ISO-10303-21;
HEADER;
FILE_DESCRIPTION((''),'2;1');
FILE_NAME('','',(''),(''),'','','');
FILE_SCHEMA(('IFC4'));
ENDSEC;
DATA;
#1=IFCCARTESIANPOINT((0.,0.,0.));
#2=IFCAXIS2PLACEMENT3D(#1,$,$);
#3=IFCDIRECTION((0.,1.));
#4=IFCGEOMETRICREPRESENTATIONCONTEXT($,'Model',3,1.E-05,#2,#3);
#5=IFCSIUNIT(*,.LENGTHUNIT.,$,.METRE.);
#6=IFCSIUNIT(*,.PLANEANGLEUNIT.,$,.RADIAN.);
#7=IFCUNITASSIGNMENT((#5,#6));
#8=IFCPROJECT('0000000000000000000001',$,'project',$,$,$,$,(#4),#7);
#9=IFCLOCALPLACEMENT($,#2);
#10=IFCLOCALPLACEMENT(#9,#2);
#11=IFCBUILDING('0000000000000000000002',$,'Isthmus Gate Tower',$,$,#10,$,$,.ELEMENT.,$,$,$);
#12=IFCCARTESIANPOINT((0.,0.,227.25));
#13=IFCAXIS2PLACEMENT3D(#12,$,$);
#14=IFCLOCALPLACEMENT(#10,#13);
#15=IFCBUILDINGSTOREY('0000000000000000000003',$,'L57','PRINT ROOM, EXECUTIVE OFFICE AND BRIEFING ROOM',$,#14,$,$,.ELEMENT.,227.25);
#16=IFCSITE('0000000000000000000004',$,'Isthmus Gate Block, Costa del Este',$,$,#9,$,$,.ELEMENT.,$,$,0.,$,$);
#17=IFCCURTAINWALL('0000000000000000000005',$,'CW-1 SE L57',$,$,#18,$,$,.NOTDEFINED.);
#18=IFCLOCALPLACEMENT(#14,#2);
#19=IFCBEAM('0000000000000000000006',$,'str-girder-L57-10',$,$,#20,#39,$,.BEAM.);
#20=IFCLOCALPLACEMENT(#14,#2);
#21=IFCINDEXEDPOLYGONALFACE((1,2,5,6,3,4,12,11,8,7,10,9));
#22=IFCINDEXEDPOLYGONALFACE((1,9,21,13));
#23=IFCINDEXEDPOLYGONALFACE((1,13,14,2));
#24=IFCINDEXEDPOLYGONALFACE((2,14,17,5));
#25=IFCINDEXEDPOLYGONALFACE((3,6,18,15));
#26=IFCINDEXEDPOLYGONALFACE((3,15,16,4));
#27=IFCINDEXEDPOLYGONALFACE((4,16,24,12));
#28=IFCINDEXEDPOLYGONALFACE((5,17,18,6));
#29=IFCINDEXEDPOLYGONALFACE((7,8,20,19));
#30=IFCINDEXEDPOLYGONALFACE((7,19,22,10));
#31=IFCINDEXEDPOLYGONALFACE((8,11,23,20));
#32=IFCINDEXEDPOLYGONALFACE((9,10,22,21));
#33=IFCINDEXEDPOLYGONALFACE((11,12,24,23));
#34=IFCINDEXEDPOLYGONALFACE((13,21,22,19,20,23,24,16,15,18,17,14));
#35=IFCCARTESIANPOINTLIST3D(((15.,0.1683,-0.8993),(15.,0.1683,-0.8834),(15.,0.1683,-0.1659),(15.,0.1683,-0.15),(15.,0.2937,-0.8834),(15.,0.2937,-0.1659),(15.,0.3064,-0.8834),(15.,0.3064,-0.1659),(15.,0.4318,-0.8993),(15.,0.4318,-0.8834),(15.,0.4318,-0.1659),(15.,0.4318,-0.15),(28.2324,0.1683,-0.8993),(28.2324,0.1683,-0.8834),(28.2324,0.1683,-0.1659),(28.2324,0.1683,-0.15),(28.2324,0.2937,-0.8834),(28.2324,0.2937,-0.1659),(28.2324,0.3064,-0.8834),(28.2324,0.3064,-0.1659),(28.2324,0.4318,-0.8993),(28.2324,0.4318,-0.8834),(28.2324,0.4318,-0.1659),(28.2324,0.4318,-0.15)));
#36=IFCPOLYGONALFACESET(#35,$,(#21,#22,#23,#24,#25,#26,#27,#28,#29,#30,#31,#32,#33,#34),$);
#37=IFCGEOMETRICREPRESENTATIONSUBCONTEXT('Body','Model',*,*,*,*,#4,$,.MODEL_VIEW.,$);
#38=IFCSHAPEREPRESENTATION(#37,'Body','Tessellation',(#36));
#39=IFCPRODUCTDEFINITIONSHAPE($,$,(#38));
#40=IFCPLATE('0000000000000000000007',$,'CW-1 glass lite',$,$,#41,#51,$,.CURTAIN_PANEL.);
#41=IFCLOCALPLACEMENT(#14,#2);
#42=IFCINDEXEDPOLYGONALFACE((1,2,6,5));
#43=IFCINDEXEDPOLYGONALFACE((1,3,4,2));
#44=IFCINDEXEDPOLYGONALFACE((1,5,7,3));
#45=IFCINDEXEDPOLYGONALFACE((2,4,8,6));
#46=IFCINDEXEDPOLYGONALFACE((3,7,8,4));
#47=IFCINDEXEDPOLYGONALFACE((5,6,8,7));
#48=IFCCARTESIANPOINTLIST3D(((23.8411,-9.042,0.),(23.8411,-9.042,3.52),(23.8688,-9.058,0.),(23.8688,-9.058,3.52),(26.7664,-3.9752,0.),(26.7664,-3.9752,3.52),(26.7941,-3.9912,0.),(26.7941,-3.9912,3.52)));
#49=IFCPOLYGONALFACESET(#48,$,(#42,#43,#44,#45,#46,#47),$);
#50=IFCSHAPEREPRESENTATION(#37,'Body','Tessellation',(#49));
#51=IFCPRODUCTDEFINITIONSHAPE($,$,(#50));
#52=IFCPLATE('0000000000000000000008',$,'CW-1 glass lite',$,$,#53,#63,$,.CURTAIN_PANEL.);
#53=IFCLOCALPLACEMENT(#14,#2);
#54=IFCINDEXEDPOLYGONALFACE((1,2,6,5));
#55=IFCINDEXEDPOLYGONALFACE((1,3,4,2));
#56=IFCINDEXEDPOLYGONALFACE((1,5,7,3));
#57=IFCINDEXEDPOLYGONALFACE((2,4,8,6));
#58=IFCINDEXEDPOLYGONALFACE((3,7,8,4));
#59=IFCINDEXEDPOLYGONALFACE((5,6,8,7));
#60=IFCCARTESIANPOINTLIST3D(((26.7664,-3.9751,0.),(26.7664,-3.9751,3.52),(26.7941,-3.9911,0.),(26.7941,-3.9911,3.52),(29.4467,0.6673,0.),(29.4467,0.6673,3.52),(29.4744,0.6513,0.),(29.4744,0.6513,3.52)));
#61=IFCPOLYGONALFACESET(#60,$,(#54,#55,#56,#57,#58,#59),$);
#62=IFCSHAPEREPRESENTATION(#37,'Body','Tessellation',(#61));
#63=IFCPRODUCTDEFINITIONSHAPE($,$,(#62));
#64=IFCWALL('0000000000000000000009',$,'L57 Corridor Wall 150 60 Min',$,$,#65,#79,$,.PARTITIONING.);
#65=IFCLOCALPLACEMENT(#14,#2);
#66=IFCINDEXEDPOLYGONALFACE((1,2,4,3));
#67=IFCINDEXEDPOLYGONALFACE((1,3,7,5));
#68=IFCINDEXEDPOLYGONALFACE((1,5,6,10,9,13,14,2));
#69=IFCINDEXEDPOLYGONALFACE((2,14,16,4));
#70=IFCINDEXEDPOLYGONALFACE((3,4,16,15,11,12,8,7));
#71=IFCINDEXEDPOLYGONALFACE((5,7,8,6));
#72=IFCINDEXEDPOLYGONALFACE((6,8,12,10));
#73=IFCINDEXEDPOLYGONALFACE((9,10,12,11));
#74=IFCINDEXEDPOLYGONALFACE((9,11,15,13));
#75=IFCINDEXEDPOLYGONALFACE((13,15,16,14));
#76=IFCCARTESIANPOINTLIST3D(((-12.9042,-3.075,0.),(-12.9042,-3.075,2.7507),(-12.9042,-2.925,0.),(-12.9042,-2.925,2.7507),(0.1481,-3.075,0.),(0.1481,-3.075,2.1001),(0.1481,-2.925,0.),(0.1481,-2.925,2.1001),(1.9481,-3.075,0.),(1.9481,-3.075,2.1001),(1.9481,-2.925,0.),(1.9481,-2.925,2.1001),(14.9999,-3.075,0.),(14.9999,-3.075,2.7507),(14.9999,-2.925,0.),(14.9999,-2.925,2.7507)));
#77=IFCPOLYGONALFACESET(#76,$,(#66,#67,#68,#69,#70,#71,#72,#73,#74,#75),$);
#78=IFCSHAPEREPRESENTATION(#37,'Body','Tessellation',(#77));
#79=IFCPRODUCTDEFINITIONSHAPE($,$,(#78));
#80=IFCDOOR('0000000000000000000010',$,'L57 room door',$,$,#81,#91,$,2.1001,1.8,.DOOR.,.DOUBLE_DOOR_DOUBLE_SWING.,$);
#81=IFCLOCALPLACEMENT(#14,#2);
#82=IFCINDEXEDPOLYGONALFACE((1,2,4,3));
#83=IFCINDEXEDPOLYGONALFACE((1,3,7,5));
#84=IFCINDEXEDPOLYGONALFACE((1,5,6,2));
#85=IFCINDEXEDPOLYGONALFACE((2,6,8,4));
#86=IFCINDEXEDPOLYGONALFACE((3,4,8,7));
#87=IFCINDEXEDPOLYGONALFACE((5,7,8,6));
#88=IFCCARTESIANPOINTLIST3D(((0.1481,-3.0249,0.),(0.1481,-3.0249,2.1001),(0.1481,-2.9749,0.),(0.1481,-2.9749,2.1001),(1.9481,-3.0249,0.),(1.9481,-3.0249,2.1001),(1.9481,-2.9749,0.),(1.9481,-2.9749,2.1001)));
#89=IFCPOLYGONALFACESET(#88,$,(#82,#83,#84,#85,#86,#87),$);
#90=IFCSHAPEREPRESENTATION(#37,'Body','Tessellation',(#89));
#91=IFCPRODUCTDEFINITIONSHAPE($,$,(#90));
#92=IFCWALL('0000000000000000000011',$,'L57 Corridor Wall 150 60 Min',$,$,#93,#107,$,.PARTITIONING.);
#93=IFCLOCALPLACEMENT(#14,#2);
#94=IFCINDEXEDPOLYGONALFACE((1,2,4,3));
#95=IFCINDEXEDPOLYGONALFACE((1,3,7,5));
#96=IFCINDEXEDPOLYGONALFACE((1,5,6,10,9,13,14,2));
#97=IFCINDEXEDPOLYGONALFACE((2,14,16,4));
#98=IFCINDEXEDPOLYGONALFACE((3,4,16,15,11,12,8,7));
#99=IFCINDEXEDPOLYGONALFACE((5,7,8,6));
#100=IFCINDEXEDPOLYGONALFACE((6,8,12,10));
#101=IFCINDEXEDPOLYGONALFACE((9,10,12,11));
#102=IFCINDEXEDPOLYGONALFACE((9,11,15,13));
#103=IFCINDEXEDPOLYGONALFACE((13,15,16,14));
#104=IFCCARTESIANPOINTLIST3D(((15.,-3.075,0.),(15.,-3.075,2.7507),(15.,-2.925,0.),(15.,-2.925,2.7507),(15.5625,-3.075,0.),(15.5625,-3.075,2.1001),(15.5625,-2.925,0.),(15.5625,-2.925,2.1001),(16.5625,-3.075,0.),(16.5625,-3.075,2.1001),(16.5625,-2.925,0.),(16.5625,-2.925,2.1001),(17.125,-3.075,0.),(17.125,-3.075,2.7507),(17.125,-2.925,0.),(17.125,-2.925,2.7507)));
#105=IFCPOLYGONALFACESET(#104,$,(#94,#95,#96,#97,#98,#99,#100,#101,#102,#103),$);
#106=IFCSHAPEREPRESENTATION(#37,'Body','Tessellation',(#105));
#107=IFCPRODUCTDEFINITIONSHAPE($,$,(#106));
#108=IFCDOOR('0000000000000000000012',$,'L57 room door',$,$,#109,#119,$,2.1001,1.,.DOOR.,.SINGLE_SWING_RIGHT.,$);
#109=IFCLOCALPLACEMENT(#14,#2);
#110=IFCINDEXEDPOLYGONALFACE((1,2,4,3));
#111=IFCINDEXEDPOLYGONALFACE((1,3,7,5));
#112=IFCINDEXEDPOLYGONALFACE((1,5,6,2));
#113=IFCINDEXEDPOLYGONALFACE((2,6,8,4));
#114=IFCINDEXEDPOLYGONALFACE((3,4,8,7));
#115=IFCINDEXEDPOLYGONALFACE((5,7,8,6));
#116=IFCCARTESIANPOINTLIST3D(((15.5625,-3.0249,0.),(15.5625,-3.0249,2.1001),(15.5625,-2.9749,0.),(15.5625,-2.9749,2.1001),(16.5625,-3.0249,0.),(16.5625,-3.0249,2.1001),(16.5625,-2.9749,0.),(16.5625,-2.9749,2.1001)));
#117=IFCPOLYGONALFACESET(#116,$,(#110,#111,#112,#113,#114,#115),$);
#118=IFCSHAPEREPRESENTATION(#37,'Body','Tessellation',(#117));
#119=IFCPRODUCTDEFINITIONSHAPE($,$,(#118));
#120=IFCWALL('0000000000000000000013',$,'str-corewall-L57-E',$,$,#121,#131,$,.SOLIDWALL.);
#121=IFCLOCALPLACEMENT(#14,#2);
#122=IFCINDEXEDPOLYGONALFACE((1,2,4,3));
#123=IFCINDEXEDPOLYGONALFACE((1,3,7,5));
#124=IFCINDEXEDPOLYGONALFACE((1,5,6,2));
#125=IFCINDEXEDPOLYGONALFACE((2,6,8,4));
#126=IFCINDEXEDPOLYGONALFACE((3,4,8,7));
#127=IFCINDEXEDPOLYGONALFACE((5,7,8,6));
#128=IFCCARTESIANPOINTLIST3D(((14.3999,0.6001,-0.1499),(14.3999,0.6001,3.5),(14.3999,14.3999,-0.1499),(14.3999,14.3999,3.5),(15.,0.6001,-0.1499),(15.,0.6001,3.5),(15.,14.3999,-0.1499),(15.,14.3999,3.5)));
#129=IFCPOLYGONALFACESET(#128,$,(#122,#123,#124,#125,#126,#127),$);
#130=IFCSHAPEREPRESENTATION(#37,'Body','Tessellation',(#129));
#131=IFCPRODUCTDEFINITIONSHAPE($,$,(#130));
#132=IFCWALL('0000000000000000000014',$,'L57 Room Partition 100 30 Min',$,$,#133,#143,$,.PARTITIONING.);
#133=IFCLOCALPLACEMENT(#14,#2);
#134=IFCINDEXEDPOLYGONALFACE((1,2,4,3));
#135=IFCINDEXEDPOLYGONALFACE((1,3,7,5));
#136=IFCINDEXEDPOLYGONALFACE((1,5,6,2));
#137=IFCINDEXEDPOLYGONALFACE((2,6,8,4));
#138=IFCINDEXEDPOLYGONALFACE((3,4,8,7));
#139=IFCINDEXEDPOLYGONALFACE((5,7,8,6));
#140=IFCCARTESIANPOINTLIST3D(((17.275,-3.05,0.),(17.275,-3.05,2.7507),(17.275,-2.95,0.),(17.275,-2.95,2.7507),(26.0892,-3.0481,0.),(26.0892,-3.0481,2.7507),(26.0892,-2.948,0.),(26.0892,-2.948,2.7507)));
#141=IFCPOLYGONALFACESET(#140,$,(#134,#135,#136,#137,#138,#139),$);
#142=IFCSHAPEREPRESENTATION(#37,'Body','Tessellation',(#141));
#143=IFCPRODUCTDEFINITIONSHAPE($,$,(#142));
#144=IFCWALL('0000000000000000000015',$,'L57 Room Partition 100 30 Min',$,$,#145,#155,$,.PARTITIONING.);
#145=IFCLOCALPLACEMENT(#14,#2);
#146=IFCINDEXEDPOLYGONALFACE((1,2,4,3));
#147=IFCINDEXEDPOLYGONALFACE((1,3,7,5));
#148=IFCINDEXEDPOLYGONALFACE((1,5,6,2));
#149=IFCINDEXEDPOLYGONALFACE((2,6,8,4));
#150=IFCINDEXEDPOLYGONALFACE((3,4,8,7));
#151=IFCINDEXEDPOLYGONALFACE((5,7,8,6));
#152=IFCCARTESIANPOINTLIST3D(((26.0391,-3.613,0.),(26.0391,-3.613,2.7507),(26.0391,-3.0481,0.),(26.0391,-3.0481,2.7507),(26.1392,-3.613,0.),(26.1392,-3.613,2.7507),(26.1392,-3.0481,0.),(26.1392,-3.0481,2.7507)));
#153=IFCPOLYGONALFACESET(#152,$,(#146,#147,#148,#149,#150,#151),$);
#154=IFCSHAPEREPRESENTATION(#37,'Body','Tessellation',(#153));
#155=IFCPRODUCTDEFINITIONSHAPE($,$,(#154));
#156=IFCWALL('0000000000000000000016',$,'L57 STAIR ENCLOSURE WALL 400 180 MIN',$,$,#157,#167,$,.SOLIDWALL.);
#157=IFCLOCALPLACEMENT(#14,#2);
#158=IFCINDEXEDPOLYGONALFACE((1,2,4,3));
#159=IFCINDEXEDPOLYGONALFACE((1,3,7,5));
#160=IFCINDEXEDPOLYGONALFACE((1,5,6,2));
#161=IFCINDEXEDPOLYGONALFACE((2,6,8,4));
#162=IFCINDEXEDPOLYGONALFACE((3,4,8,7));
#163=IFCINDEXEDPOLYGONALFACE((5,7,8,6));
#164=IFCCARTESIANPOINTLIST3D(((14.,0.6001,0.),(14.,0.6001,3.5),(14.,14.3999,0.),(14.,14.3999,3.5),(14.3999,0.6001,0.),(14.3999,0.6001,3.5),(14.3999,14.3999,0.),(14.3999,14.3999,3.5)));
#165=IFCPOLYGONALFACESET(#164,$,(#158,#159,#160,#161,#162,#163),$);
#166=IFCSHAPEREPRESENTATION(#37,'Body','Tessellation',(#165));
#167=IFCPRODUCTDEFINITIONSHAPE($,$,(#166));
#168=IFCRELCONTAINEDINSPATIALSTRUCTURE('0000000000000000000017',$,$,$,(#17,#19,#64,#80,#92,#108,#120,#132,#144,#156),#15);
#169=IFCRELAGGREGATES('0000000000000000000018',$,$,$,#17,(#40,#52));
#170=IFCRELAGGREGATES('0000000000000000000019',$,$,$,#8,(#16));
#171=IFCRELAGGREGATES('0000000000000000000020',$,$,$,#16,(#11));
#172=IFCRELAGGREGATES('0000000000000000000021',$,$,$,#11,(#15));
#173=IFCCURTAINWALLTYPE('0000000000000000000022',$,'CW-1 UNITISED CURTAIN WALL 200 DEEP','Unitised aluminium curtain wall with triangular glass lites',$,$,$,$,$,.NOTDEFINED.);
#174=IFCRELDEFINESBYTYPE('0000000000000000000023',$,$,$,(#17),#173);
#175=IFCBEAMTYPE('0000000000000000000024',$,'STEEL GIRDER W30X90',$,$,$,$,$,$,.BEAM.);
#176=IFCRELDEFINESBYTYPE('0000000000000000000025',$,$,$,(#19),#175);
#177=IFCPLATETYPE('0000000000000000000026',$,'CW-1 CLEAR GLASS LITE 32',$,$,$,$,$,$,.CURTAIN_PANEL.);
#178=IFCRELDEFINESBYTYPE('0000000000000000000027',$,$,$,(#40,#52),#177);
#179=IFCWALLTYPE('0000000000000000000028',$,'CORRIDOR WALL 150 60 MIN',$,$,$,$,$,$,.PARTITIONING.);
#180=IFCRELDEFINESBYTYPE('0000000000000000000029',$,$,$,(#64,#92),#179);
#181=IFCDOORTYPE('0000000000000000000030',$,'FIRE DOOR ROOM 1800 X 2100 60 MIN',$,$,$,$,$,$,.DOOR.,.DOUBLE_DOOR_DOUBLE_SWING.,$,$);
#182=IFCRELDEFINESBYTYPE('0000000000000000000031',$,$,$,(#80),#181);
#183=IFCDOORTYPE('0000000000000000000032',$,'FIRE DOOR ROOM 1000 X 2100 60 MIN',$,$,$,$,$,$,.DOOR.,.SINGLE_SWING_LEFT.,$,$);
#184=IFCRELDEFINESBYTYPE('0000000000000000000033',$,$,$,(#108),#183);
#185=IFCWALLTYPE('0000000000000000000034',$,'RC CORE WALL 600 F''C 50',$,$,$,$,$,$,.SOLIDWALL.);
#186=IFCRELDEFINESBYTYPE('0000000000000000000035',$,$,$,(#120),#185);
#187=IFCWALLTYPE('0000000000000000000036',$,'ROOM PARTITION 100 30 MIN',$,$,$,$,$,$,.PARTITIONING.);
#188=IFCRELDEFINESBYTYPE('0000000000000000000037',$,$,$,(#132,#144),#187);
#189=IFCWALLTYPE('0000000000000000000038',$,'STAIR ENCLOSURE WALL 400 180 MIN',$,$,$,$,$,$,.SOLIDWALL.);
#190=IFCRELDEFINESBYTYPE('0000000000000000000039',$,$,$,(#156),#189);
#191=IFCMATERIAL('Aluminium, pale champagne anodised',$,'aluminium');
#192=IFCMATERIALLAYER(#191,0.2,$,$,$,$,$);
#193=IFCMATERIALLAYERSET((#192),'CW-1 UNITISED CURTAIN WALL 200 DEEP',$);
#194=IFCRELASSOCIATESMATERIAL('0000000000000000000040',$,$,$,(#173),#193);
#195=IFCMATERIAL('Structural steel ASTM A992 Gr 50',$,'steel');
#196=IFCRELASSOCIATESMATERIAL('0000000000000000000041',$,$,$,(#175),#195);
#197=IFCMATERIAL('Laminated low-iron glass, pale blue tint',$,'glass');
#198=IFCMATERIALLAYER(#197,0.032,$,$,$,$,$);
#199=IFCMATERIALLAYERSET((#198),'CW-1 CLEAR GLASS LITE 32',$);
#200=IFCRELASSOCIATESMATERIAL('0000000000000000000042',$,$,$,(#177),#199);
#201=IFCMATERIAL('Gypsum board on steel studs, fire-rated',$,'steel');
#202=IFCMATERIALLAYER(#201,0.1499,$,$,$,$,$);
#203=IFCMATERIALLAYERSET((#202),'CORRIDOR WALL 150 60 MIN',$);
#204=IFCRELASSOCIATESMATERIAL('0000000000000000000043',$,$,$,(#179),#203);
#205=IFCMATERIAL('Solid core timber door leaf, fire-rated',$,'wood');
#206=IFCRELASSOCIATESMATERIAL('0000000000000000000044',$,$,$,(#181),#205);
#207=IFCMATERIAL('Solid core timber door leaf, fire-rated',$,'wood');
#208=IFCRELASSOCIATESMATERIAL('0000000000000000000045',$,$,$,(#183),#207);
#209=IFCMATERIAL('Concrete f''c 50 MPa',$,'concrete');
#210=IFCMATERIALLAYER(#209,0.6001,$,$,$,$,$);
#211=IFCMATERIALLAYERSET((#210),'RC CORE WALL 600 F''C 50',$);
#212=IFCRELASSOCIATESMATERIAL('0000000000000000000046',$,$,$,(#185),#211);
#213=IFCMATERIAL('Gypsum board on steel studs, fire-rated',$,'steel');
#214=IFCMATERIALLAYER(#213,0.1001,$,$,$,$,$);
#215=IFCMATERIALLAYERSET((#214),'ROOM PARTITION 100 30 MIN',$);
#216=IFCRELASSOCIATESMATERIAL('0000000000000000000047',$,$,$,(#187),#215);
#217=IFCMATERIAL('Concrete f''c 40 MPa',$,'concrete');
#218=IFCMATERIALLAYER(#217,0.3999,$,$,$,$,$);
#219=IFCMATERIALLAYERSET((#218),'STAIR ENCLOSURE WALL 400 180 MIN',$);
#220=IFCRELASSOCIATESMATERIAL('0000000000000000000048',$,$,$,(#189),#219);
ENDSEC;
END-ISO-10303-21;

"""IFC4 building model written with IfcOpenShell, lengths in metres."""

from ifc_helpers import new_model, si_unit, direction, frame, frame_2d, origin, origin_2d, place, context, subcontext, project, spatial, rectangle, i_section, extrude, material, layer, layer_set, material_profile, profile_set, type_object, element, fill, aggregate, save


model = new_model("IFC4")

# Units and contexts
model_context = context("Model", 3, precision=1e-05, world=origin(), true_north=direction((0.0, 1.0)))
body_context = subcontext(model_context, "Body", "Model", "MODEL_VIEW")
ifc_project = project(units=[si_unit("LENGTHUNIT", "METRE"), si_unit("PLANEANGLEUNIT", "RADIAN")], contexts=[model_context])

# Site, building, storey
site_placement = place(None, origin())
site = spatial("IfcSite", under=ifc_project, at=site_placement, Name="Isthmus Gate Block, Costa del Este", CompositionType="ELEMENT", RefElevation=0.0)
building_placement = place(site_placement, origin())
building = spatial("IfcBuilding", under=site, at=building_placement, Name="Isthmus Gate Tower", CompositionType="ELEMENT")
storey_placement = place(building_placement, frame((0.0, 0.0, 227.25)))
storey = spatial("IfcBuildingStorey", under=building, at=storey_placement, Name="L57", Description="PRINT ROOM, EXECUTIVE OFFICE AND BRIEFING ROOM", CompositionType="ELEMENT", Elevation=227.25)

# Curtain wall
ifc_material_1 = material(Name="Aluminium, pale champagne anodised", Category="aluminium")
ifc_layer_1 = layer(ifc_material_1, 0.2)
ifc_layer_set_1 = layer_set([ifc_layer_1], Name="CW-1 UNITISED CURTAIN WALL 200 DEEP")
curtain_wall_type = type_object("IfcCurtainWallType", Name="CW-1 UNITISED CURTAIN WALL 200 DEEP", Description="Unitised aluminium curtain wall with triangular glass lites", PredefinedType="NOTDEFINED", material=ifc_layer_set_1)
curtain_wall_1_placement = place(storey_placement, origin())
curtain_wall_1 = element("IfcCurtainWall", 1, at=curtain_wall_1_placement, inside=storey, type_object=curtain_wall_type, Name="CW-1 SE L57", PredefinedType="NOTDEFINED")

# Beam
ifc_material_2 = material(Name="Structural steel ASTM A992 Gr 50", Category="steel")
ifc_material_profile_1 = material_profile(ifc_material_2, i_section(OverallWidth=0.2634, OverallDepth=0.7493, WebThickness=0.0127, FlangeThickness=0.0159, at=origin_2d()), Name="W30X90")
ifc_profile_set_1 = profile_set([ifc_material_profile_1], Name="Structural steel ASTM A992 Gr 50")
beam_type_1 = type_object("IfcBeamType", Name="STEEL GIRDER W30X90", PredefinedType="BEAM", material=ifc_profile_set_1)
beam_1_placement = place(storey_placement, frame((15.0, 0.3, -0.5247), z_axis=(1.0, 0.0, 0.0), x_axis=(0.0, 1.0, 0.0)))
element("IfcBeam", 2, at=beam_1_placement, inside=storey, type_object=beam_type_1, Name="str-girder-L57-10", PredefinedType="BEAM", context=body_context, shape_type="SweptSolid", body=[
    extrude(i_section(OverallWidth=0.2634, OverallDepth=0.7493, WebThickness=0.0127, FlangeThickness=0.0159, at=origin_2d()), origin(), (0.0, 0.0, 1.0), 13.2324),
])

# Plates
ifc_material_3 = material(Name="Laminated low-iron glass, pale blue tint", Category="glass")
ifc_layer_2 = layer(ifc_material_3, 0.032)
ifc_layer_set_2 = layer_set([ifc_layer_2], Name="CW-1 CLEAR GLASS LITE 32")
plate_type = type_object("IfcPlateType", Name="CW-1 CLEAR GLASS LITE 32", PredefinedType="CURTAIN_PANEL", material=ifc_layer_set_2)
plate_1_placement = place(storey_placement, frame((25.3176, -6.5166, 0.0), z_axis=(0.0, 0.0, 1.0), x_axis=(0.5, 0.866025, 0.0)))
plate_1 = element("IfcPlate", 3, at=plate_1_placement, type_object=plate_type, Name="CW-1 glass lite", PredefinedType="CURTAIN_PANEL", context=body_context, shape_type="SweptSolid", body=[
    extrude(rectangle(XDim=5.8506, YDim=0.032, at=origin_2d()), origin(), (0.0, 0.0, 1.0), 3.52),
])
plate_2_placement = place(storey_placement, frame((28.1204, -1.6619, 0.0), z_axis=(0.0, 0.0, 1.0), x_axis=(0.5, 0.866025, 0.0)))
plate_2 = element("IfcPlate", 4, at=plate_2_placement, type_object=plate_type, Name="CW-1 glass lite", PredefinedType="CURTAIN_PANEL", context=body_context, shape_type="SweptSolid", body=[
    extrude(rectangle(XDim=5.3606, YDim=0.032, at=origin_2d()), origin(), (0.0, 0.0, 1.0), 3.52),
])
aggregate(curtain_wall_1, [plate_1, plate_2])

# Walls, openings, doors
ifc_material_4 = material(Name="Gypsum board on steel studs, fire-rated", Category="steel")
ifc_layer_3 = layer(ifc_material_4, 0.1499)
ifc_layer_set_3 = layer_set([ifc_layer_3], Name="CORRIDOR WALL 150 60 MIN")
wall_type_1 = type_object("IfcWallType", Name="CORRIDOR WALL 150 60 MIN", PredefinedType="PARTITIONING", material=ifc_layer_set_3)
wall_1_placement = place(storey_placement, frame((15.0, -3.0, 0.0), z_axis=(0.0, 0.0, 1.0), x_axis=(-1.0, 0.0, 0.0)))
wall_1 = element("IfcWall", 5, at=wall_1_placement, inside=storey, type_object=wall_type_1, Name="L57 Corridor Wall 150 60 Min", PredefinedType="PARTITIONING", context=body_context, shape_type="SweptSolid", body=[
    extrude(rectangle(XDim=27.9041, YDim=0.1499, at=frame_2d((13.9521, 0.0))), origin(), (0.0, 0.0, 1.0), 2.7507),
])
opening_1_placement = place(wall_1_placement, frame((13.052, 0.0, 0.0)))
opening_1 = element("IfcOpeningElement", 6, at=opening_1_placement, cuts=wall_1, PredefinedType="OPENING", context=body_context, shape_type="SweptSolid", body=[
    extrude(rectangle(XDim=1.8, YDim=2.1001, at=frame_2d((0.8999, 1.05))), frame((0.0, 0.085, 0.0), z_axis=(0.0, -1.0, 0.0), x_axis=(1.0, 0.0, 0.0)), (0.0, 0.0, 1.0), 0.1699),
])
ifc_material_5 = material(Name="Solid core timber door leaf, fire-rated", Category="wood")
door_type_1 = type_object("IfcDoorType", Name="FIRE DOOR ROOM 1800 X 2100 60 MIN", OperationType="DOUBLE_DOOR_DOUBLE_SWING", PredefinedType="DOOR", material=ifc_material_5)
door_1_placement = place(opening_1_placement, origin())
door_1 = element("IfcDoor", 7, at=door_1_placement, inside=storey, type_object=door_type_1, Name="L57 room door", OperationType="DOUBLE_DOOR_DOUBLE_SWING", OverallHeight=2.1001, OverallWidth=1.8, PredefinedType="DOOR", context=body_context, shape_type="SweptSolid", body=[
    extrude(rectangle(XDim=1.8, YDim=2.1001, at=frame_2d((0.8999, 1.05))), frame((0.0, 0.0249, 0.0), z_axis=(0.0, -1.0, 0.0), x_axis=(1.0, 0.0, 0.0)), (0.0, 0.0, 1.0), 0.05),
])
fill(opening_1, door_1)
wall_2_placement = place(storey_placement, frame((17.125, -3.0, 0.0), z_axis=(0.0, 0.0, 1.0), x_axis=(-1.0, 0.0, 0.0)))
wall_2 = element("IfcWall", 8, at=wall_2_placement, inside=storey, type_object=wall_type_1, Name="L57 Corridor Wall 150 60 Min", PredefinedType="PARTITIONING", context=body_context, shape_type="SweptSolid", body=[
    extrude(rectangle(XDim=2.125, YDim=0.1499, at=frame_2d((1.0625, 0.0))), origin(), (0.0, 0.0, 1.0), 2.7507),
])
opening_2_placement = place(wall_2_placement, frame((0.5625, 0.0, 0.0)))
opening_2 = element("IfcOpeningElement", 9, at=opening_2_placement, cuts=wall_2, PredefinedType="OPENING", context=body_context, shape_type="SweptSolid", body=[
    extrude(rectangle(XDim=1.0, YDim=2.1001, at=frame_2d((0.5, 1.05))), frame((0.0, 0.085, 0.0), z_axis=(0.0, -1.0, 0.0), x_axis=(1.0, 0.0, 0.0)), (0.0, 0.0, 1.0), 0.1699),
])
ifc_material_6 = material(Name="Solid core timber door leaf, fire-rated", Category="wood")
door_type_2 = type_object("IfcDoorType", Name="FIRE DOOR ROOM 1000 X 2100 60 MIN", OperationType="SINGLE_SWING_LEFT", PredefinedType="DOOR", material=ifc_material_6)
door_2_placement = place(opening_2_placement, origin())
door_2 = element("IfcDoor", 10, at=door_2_placement, inside=storey, type_object=door_type_2, Name="L57 room door", OperationType="SINGLE_SWING_RIGHT", OverallHeight=2.1001, OverallWidth=1.0, PredefinedType="DOOR", context=body_context, shape_type="SweptSolid", body=[
    extrude(rectangle(XDim=1.0, YDim=2.1001, at=frame_2d((0.5, 1.05))), frame((0.0, 0.0249, 0.0), z_axis=(0.0, -1.0, 0.0), x_axis=(1.0, 0.0, 0.0)), (0.0, 0.0, 1.0), 0.05),
])
fill(opening_2, door_2)

# Walls
ifc_material_7 = material(Name="Concrete f'c 50 MPa", Category="concrete")
ifc_layer_4 = layer(ifc_material_7, 0.6001)
ifc_layer_set_4 = layer_set([ifc_layer_4], Name="RC CORE WALL 600 F'C 50")
wall_type_2 = type_object("IfcWallType", Name="RC CORE WALL 600 F'C 50", PredefinedType="SOLIDWALL", material=ifc_layer_set_4)
wall_3_placement = place(storey_placement, frame((14.7, 0.6001, -0.1499), z_axis=(0.0, 0.0, 1.0), x_axis=(0.0, 1.0, 0.0)))
element("IfcWall", 11, at=wall_3_placement, inside=storey, type_object=wall_type_2, Name="str-corewall-L57-E", PredefinedType="SOLIDWALL", context=body_context, shape_type="SweptSolid", body=[
    extrude(rectangle(XDim=13.7998, YDim=0.6001, at=frame_2d((6.8999, 0.0))), origin(), (0.0, 0.0, 1.0), 3.6499),
])
ifc_material_8 = material(Name="Gypsum board on steel studs, fire-rated", Category="steel")
ifc_layer_5 = layer(ifc_material_8, 0.1001)
ifc_layer_set_5 = layer_set([ifc_layer_5], Name="ROOM PARTITION 100 30 MIN")
wall_type_3 = type_object("IfcWallType", Name="ROOM PARTITION 100 30 MIN", PredefinedType="PARTITIONING", material=ifc_layer_set_5)
wall_4_placement = place(storey_placement, frame((17.2749, -3.0, 0.0), z_axis=(0.0, 0.0, 1.0), x_axis=(1.0, 0.000222, 0.0)))
element("IfcWall", 12, at=wall_4_placement, inside=storey, type_object=wall_type_3, Name="L57 Room Partition 100 30 Min", PredefinedType="PARTITIONING", context=body_context, shape_type="SweptSolid", body=[
    extrude(rectangle(XDim=8.8142, YDim=0.1001, at=frame_2d((4.4072, 0.0))), origin(), (0.0, 0.0, 1.0), 2.7507),
])
wall_5_placement = place(storey_placement, frame((26.0891, -3.613, 0.0), z_axis=(0.0, 0.0, 1.0), x_axis=(0.0, 1.0, 0.0)))
element("IfcWall", 13, at=wall_5_placement, inside=storey, type_object=wall_type_3, Name="L57 Room Partition 100 30 Min", PredefinedType="PARTITIONING", context=body_context, shape_type="SweptSolid", body=[
    extrude(rectangle(XDim=0.5649, YDim=0.1001, at=frame_2d((0.2825, 0.0))), origin(), (0.0, 0.0, 1.0), 2.7507),
])
ifc_material_9 = material(Name="Concrete f'c 40 MPa", Category="concrete")
ifc_layer_6 = layer(ifc_material_9, 0.3999)
ifc_layer_set_6 = layer_set([ifc_layer_6], Name="STAIR ENCLOSURE WALL 400 180 MIN")
wall_type_4 = type_object("IfcWallType", Name="STAIR ENCLOSURE WALL 400 180 MIN", PredefinedType="SOLIDWALL", material=ifc_layer_set_6)
wall_6_placement = place(storey_placement, frame((14.2, 0.6001, 0.0), z_axis=(0.0, 0.0, 1.0), x_axis=(0.0, 1.0, 0.0)))
element("IfcWall", 14, at=wall_6_placement, inside=storey, type_object=wall_type_4, Name="L57 STAIR ENCLOSURE WALL 400 180 MIN", PredefinedType="SOLIDWALL", context=body_context, shape_type="SweptSolid", body=[
    extrude(rectangle(XDim=13.7998, YDim=0.3999, at=frame_2d((6.8999, 0.0))), origin(), (0.0, 0.0, 1.0), 3.5),
])

save(model, "model.ifc")
